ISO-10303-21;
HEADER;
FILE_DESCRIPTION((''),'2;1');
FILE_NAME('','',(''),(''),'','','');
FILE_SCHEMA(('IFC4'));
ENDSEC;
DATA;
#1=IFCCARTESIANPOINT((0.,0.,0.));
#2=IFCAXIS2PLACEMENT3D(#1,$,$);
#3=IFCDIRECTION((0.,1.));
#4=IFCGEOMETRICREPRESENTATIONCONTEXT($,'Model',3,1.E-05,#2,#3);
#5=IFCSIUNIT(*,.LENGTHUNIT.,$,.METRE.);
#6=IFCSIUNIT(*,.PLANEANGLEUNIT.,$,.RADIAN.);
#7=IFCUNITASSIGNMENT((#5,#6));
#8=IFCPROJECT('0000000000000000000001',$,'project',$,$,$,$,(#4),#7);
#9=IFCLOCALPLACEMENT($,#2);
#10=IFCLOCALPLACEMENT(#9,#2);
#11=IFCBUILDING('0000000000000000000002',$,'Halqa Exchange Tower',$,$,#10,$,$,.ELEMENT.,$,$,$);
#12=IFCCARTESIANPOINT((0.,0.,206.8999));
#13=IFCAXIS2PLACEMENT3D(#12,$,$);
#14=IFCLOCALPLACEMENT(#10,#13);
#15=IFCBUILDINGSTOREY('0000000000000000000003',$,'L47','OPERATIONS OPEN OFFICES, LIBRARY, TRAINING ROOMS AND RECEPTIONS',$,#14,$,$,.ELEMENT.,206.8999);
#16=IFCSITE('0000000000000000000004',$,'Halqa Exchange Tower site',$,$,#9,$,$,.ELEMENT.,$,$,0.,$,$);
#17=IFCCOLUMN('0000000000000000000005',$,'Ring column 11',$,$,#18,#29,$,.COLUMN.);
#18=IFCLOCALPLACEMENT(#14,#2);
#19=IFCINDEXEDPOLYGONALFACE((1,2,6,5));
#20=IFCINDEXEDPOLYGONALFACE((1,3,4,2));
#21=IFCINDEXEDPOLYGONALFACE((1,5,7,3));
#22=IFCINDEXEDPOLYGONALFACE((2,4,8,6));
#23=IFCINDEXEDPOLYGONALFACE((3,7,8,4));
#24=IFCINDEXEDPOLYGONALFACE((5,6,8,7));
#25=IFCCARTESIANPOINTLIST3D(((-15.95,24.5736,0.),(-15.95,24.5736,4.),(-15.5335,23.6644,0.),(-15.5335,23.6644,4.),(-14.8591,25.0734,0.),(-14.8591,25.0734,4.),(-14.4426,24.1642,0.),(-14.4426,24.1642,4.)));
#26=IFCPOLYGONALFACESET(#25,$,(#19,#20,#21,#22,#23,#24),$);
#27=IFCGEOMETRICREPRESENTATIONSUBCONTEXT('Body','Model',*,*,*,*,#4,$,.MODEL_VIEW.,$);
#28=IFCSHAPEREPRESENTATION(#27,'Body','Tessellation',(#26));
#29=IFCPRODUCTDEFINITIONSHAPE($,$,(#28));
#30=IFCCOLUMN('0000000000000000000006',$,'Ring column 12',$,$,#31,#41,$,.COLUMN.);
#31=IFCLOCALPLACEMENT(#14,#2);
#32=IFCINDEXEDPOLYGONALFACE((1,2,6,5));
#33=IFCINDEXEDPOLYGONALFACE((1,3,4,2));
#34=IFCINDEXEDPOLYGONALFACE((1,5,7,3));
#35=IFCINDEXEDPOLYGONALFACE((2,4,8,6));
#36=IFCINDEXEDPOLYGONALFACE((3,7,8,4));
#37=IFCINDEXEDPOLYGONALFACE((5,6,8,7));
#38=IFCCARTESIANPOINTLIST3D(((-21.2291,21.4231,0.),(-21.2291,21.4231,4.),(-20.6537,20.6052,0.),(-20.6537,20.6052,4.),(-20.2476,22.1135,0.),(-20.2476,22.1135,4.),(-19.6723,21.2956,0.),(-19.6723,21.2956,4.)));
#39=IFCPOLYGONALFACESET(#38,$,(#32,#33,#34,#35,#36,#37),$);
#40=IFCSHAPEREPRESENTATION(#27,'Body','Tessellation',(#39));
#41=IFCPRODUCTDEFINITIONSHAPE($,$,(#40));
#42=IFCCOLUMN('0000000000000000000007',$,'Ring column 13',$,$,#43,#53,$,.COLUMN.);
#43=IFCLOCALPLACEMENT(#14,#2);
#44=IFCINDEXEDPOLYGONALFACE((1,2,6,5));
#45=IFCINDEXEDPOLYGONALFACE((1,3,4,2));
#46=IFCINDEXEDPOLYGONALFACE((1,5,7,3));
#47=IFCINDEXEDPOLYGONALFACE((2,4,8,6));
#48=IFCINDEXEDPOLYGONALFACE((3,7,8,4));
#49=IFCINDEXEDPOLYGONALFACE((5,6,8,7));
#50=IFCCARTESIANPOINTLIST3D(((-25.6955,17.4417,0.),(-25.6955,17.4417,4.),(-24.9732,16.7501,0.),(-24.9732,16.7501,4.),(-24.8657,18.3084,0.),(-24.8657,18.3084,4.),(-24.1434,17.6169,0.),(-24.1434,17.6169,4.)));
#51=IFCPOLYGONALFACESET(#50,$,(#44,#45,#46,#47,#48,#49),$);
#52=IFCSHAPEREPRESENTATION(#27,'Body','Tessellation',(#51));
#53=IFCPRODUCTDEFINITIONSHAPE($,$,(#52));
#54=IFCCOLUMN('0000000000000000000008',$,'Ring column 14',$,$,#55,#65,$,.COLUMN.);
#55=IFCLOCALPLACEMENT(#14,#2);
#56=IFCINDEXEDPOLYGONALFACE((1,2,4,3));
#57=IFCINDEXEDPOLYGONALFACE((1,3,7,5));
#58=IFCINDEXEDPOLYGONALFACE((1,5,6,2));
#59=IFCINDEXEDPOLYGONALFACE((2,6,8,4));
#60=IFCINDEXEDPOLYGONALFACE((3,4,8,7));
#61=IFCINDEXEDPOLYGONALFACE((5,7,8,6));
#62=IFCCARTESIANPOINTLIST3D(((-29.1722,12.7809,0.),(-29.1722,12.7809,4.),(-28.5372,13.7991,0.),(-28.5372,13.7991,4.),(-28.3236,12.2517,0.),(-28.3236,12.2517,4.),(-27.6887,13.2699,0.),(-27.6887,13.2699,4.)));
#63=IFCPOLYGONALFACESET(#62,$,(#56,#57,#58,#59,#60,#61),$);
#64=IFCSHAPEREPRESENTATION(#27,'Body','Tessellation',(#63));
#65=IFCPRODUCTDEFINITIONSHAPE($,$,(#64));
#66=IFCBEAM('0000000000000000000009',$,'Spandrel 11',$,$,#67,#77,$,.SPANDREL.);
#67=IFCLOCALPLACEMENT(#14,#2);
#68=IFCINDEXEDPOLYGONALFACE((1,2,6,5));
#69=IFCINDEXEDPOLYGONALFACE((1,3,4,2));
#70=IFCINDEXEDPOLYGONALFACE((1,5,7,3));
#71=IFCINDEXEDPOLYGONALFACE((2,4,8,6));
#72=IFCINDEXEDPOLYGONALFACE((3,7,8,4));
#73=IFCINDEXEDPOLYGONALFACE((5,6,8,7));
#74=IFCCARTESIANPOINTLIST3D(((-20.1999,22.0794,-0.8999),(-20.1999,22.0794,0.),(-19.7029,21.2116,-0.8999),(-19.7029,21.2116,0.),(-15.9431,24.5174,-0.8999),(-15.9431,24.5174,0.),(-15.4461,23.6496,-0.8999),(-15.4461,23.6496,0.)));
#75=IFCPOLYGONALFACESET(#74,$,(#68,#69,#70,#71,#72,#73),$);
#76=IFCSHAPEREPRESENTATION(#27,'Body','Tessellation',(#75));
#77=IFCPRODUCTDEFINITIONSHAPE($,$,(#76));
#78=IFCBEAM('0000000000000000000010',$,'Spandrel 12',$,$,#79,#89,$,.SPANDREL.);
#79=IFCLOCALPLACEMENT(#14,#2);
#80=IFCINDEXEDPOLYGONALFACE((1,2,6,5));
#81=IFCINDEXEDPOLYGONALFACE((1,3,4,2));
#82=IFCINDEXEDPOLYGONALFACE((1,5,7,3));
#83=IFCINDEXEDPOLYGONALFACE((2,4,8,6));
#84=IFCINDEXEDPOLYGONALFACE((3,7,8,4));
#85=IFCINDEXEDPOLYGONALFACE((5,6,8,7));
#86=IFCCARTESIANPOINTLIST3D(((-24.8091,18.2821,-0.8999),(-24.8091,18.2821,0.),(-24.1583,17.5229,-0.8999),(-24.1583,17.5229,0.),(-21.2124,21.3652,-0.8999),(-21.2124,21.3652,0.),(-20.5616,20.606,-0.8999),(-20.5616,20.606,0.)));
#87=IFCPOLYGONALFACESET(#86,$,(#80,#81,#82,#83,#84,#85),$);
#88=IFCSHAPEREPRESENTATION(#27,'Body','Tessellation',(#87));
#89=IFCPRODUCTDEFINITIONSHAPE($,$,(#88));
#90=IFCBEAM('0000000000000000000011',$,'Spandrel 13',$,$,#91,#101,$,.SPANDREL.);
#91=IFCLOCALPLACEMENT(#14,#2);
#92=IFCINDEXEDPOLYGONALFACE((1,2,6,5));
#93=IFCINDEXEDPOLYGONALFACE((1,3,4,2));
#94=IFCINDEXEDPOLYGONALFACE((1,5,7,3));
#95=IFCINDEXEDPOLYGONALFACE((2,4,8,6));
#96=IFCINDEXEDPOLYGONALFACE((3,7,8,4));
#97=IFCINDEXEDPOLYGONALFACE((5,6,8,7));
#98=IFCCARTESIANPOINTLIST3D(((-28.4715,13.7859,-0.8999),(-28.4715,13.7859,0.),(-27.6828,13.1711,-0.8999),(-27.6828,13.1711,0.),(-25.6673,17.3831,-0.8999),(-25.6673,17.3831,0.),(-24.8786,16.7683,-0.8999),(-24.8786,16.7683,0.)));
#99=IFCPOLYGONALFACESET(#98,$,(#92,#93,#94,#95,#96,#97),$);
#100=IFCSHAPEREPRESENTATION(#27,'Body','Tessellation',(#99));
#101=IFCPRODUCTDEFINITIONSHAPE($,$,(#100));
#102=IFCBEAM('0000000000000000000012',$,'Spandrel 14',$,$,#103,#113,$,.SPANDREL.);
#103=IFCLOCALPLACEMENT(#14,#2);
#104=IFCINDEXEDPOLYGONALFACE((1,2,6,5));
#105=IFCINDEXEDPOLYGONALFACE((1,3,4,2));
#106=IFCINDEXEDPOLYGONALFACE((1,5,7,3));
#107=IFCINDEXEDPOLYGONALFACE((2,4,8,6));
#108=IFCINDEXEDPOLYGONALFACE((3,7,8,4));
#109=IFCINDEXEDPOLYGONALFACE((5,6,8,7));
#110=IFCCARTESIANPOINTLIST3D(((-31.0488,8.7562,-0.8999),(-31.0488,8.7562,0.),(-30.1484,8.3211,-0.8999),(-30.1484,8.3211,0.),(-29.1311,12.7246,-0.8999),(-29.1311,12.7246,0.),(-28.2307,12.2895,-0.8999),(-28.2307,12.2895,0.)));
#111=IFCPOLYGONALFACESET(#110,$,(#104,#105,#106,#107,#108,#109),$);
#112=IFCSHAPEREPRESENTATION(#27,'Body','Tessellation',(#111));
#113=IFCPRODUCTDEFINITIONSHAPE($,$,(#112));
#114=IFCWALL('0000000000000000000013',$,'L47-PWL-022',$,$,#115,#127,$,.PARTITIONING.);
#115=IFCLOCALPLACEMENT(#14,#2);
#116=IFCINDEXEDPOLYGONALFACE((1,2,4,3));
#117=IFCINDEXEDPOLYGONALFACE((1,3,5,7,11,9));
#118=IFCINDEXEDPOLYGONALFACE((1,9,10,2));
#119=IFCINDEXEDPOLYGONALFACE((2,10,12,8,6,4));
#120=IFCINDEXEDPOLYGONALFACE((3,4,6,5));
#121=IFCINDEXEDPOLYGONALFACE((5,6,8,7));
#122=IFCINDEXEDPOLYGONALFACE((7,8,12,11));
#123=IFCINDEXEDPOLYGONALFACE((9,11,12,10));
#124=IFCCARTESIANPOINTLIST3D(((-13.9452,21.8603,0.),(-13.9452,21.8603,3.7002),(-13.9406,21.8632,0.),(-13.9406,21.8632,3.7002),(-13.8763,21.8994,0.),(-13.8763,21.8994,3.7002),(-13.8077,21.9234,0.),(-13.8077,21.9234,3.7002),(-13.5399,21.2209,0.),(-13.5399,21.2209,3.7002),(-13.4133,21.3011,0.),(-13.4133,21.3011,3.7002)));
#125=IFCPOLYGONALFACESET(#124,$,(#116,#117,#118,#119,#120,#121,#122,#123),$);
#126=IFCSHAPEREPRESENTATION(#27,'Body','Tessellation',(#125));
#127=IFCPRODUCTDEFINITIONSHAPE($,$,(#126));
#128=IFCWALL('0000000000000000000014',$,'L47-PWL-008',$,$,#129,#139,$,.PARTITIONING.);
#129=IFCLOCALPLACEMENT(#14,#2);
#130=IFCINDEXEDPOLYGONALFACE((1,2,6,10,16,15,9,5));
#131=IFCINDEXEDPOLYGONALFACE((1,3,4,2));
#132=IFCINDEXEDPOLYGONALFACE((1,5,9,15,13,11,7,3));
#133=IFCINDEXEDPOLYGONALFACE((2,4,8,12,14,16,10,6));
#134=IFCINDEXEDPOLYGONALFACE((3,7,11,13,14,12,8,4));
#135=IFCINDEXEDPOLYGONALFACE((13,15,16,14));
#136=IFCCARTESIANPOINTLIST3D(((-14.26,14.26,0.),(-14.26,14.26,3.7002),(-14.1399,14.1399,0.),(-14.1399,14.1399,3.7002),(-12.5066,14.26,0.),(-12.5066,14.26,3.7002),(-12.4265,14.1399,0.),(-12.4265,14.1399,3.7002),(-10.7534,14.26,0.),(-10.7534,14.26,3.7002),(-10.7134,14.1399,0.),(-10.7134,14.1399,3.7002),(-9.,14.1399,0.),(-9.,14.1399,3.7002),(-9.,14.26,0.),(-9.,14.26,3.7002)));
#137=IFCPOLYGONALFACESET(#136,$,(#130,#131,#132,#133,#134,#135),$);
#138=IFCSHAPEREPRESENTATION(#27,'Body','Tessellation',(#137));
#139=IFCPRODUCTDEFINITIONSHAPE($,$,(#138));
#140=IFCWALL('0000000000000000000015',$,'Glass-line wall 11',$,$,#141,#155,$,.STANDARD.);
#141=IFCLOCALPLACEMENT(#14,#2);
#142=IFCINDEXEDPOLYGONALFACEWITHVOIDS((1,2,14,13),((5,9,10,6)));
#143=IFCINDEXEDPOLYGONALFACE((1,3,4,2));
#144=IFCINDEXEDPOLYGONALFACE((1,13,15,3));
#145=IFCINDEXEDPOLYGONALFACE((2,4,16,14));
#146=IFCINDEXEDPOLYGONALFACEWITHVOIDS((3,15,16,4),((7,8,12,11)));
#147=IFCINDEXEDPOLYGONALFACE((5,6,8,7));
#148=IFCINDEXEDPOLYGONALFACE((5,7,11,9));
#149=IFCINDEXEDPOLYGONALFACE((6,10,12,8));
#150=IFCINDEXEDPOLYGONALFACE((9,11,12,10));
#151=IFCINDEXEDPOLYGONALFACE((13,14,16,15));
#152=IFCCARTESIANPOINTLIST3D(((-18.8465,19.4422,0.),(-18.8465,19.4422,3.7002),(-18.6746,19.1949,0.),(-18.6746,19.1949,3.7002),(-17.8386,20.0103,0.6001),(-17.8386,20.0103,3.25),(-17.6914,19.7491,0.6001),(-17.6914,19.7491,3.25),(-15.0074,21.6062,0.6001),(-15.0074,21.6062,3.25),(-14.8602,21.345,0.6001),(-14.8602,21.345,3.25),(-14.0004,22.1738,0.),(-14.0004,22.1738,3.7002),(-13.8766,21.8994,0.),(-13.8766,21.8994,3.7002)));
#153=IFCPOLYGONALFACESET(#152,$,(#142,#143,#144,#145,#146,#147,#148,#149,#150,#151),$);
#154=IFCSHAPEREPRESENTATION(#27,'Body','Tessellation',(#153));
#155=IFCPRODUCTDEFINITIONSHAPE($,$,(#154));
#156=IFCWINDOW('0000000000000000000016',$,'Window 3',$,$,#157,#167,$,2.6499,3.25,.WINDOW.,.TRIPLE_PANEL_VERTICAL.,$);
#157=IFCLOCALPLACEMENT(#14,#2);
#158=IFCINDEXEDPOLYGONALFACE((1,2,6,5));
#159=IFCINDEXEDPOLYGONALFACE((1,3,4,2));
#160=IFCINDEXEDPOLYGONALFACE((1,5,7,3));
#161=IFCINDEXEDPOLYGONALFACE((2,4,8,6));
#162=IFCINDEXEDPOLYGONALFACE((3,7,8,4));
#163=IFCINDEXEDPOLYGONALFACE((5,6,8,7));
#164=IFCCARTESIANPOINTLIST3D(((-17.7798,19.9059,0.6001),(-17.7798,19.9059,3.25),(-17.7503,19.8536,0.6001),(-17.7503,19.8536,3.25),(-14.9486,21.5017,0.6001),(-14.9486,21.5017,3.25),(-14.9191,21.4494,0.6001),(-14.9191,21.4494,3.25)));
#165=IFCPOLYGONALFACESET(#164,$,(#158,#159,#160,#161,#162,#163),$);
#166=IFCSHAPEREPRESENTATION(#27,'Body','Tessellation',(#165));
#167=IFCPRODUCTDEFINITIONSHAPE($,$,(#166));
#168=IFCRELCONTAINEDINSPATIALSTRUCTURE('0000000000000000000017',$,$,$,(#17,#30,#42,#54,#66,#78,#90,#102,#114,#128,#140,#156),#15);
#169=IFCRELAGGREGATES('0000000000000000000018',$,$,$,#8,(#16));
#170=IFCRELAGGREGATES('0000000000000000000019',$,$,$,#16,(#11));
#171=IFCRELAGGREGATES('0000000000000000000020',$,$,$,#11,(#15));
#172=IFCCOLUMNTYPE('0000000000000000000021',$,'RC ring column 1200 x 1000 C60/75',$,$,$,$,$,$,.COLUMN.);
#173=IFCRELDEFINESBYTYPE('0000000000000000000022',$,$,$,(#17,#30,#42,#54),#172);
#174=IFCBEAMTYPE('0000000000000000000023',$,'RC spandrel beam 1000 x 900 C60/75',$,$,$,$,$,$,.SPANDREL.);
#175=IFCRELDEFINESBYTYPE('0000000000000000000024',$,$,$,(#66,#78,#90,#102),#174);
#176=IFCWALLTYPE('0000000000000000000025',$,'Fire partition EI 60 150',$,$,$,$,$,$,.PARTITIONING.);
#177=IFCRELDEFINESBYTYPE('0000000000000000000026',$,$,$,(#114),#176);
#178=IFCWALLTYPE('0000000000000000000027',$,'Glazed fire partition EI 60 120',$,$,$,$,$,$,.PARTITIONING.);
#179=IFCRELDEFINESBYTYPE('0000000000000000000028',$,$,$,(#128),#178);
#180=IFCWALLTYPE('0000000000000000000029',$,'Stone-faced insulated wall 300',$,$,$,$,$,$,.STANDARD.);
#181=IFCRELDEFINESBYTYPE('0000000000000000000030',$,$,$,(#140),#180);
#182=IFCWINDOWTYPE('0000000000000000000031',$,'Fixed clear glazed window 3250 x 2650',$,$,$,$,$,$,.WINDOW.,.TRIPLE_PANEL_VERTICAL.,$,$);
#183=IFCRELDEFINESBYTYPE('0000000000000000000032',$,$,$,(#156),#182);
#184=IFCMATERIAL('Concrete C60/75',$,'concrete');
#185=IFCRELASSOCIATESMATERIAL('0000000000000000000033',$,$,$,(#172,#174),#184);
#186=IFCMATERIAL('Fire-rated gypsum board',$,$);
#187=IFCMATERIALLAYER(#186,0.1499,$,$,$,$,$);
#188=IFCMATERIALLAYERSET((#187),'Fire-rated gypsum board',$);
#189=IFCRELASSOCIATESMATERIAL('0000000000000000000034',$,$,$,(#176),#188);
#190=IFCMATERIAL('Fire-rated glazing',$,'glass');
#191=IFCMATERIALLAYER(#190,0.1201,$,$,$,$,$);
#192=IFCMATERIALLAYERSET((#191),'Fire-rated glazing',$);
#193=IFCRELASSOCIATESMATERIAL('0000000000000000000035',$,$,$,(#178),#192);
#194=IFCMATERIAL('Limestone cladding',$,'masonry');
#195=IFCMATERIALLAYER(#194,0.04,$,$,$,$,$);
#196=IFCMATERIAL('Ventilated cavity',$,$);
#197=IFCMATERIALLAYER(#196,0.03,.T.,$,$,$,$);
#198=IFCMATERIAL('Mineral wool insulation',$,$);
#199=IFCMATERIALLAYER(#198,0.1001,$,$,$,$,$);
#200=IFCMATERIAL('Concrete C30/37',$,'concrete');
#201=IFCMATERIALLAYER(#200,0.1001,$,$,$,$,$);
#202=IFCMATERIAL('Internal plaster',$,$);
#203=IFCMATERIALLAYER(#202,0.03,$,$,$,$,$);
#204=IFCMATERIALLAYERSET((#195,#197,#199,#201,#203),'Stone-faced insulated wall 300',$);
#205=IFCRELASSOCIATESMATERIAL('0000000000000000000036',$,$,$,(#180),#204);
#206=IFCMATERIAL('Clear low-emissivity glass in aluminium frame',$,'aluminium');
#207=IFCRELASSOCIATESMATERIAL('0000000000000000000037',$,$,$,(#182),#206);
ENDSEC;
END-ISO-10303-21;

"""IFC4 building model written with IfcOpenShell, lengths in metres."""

from ifc_helpers import new_model, si_unit, direction, frame, frame_2d, origin, origin_2d, place, context, subcontext, project, spatial, polyline, rectangle, outline, extrude, material, layer, layer_set, material_profile, profile_set, type_object, element, fill, save


model = new_model("IFC4")

# Units and contexts
model_context = context("Model", 3, precision=1e-05, world=origin(), true_north=direction((0.0, 1.0)))
body_context = subcontext(model_context, "Body", "Model", "MODEL_VIEW")
ifc_project = project(units=[si_unit("LENGTHUNIT", "METRE"), si_unit("PLANEANGLEUNIT", "RADIAN")], contexts=[model_context])

# Site, building, storey
site_placement = place(None, origin())
site = spatial("IfcSite", under=ifc_project, at=site_placement, Name="Halqa Exchange Tower site", CompositionType="ELEMENT", RefElevation=0.0)
building_placement = place(site_placement, origin())
building = spatial("IfcBuilding", under=site, at=building_placement, Name="Halqa Exchange Tower", CompositionType="ELEMENT")
storey_placement = place(building_placement, frame((0.0, 0.0, 206.8999)))
storey = spatial("IfcBuildingStorey", under=building, at=storey_placement, Name="L47", Description="OPERATIONS OPEN OFFICES, LIBRARY, TRAINING ROOMS AND RECEPTIONS", CompositionType="ELEMENT", Elevation=206.8999)

# Columns
ifc_material_1 = material(Name="Concrete C60/75", Category="concrete")
ifc_material_profile_1 = material_profile(ifc_material_1, rectangle(XDim=1.2, YDim=1.0, at=origin_2d()), Name="1200 x 1000")
ifc_profile_set_1 = profile_set([ifc_material_profile_1], Name="Concrete C60/75")
column_type = type_object("IfcColumnType", Name="RC ring column 1200 x 1000 C60/75", PredefinedType="COLUMN", material=ifc_profile_set_1)
for number, where, z_axis, x_axis, name in (
    (1, (-15.1963, 24.3689, 0.0), (0.0, 0.0, 1.0), (-0.909126, -0.41652, 0.0), "Ring column 11"),
    (2, (-20.4507, 21.3594, 0.0), (0.0, 0.0, 1.0), (-0.817909, -0.575348, 0.0), "Ring column 12"),
    (3, (-24.9194, 17.5293, 0.0), (0.0, 0.0, 1.0), (-0.691577, -0.722302, 0.0), "Ring column 13"),
    (4, (-28.4304, 13.0254, 0.0), (0.0, 0.0, 1.0), (-0.529143, -0.848532, 0.0), "Ring column 14"),
):
    element("IfcColumn", number, at=place(storey_placement, frame(where, z_axis=z_axis, x_axis=x_axis)), inside=storey, type_object=column_type, Name=name, PredefinedType="COLUMN", context=body_context, shape_type="SweptSolid", body=[
        extrude(rectangle(XDim=1.2, YDim=1.0, at=origin_2d()), origin(), (0.0, 0.0, 1.0), 4.0),
    ])

# Beams
ifc_material_profile_2 = material_profile(ifc_material_1, rectangle(XDim=1.0, YDim=0.8999, at=origin_2d()), Name="1000 x 900")
ifc_profile_set_2 = profile_set([ifc_material_profile_2], Name="Concrete C60/75")
beam_type = type_object("IfcBeamType", Name="RC spandrel beam 1000 x 900 C60/75", PredefinedType="SPANDREL", material=ifc_profile_set_2)
beam_1_placement = place(storey_placement, frame((-15.6946, 24.0835, -0.45), z_axis=(-0.867759, -0.496986, 0.0), x_axis=(0.496986, -0.867759, 0.0)))
element("IfcBeam", 5, at=beam_1_placement, inside=storey, type_object=beam_type, Name="Spandrel 11", PredefinedType="SPANDREL", context=body_context, shape_type="SweptSolid", body=[
    extrude(rectangle(XDim=1.0, YDim=0.8999, at=origin_2d()), origin(), (0.0, 0.0, 1.0), 4.9055),
])
beam_2_placement = place(storey_placement, frame((-20.887, 20.9856, -0.45), z_axis=(-0.759242, -0.650808, 0.0), x_axis=(0.650808, -0.759242, 0.0)))
element("IfcBeam", 6, at=beam_2_placement, inside=storey, type_object=beam_type, Name="Spandrel 12", PredefinedType="SPANDREL", context=body_context, shape_type="SweptSolid", body=[
    extrude(rectangle(XDim=1.0, YDim=0.8999, at=origin_2d()), origin(), (0.0, 0.0, 1.0), 4.7373),
])
beam_3_placement = place(storey_placement, frame((-25.2729, 17.0757, -0.45), z_axis=(-0.614815, -0.788672, 0.0), x_axis=(0.788672, -0.614815, 0.0)))
element("IfcBeam", 7, at=beam_3_placement, inside=storey, type_object=beam_type, Name="Spandrel 13", PredefinedType="SPANDREL", context=body_context, shape_type="SweptSolid", body=[
    extrude(rectangle(XDim=1.0, YDim=0.8999, at=origin_2d()), origin(), (0.0, 0.0, 1.0), 4.561),
])
beam_4_placement = place(storey_placement, frame((-28.6809, 12.5071, -0.45), z_axis=(-0.435098, -0.900383, 0.0), x_axis=(0.900383, -0.435098, 0.0)))
element("IfcBeam", 8, at=beam_4_placement, inside=storey, type_object=beam_type, Name="Spandrel 14", PredefinedType="SPANDREL", context=body_context, shape_type="SweptSolid", body=[
    extrude(rectangle(XDim=1.0, YDim=0.8999, at=origin_2d()), origin(), (0.0, 0.0, 1.0), 4.4075),
])

# Walls
ifc_material_2 = material(Name="Fire-rated gypsum board")
ifc_layer_1 = layer(ifc_material_2, 0.1499)
ifc_layer_set_1 = layer_set([ifc_layer_1], Name="Fire-rated gypsum board")
wall_type_1 = type_object("IfcWallType", Name="Fire partition EI 60 150", PredefinedType="PARTITIONING", material=ifc_layer_set_1)
wall_1_placement = place(storey_placement, frame((-13.4766, 21.261, 0.0), z_axis=(0.0, 0.0, 1.0), x_axis=(-0.535351, 0.84463, 0.0)))
element("IfcWall", 9, at=wall_1_placement, inside=storey, type_object=wall_type_1, Name="L47-PWL-022", PredefinedType="PARTITIONING", context=body_context, shape_type="SweptSolid", body=[
    extrude(outline(polyline([(0.0, -0.075), (0.7368, -0.075), (0.7532, -0.0042), (0.7571, 0.0696), (0.7571, 0.075), (0.0, 0.075), (0.0, -0.075)])), origin(), (0.0, 0.0, 1.0), 3.7002),
])
ifc_material_3 = material(Name="Fire-rated glazing", Category="glass")
ifc_layer_2 = layer(ifc_material_3, 0.1201)
ifc_layer_set_2 = layer_set([ifc_layer_2], Name="Fire-rated glazing")
wall_type_2 = type_object("IfcWallType", Name="Glazed fire partition EI 60 120", PredefinedType="PARTITIONING", material=ifc_layer_set_2)
wall_2_placement = place(storey_placement, frame((-14.26, 14.2, 0.0), z_axis=(0.0, 0.0, 1.0), x_axis=(1.0, 0.0, 0.0)))
element("IfcWall", 10, at=wall_2_placement, inside=storey, type_object=wall_type_2, Name="L47-PWL-008", PredefinedType="PARTITIONING", context=body_context, shape_type="SweptSolid", body=[
    extrude(outline(polyline([(5.26, 0.0601), (3.5066, 0.0601), (1.7534, 0.0601), (0.0, 0.0601), (0.1201, -0.0601), (1.8335, -0.0601), (3.5466, -0.0601), (5.26, -0.0601), (5.26, 0.0601)])), origin(), (0.0, 0.0, 1.0), 3.7002),
])

# Wall, opening, window
ifc_material_4 = material(Name="Limestone cladding", Category="masonry")
ifc_layer_3 = layer(ifc_material_4, 0.04)
ifc_material_5 = material(Name="Ventilated cavity")
ifc_layer_4 = layer(ifc_material_5, 0.03, ventilated=True)
ifc_material_6 = material(Name="Mineral wool insulation")
ifc_layer_5 = layer(ifc_material_6, 0.1001)
ifc_material_7 = material(Name="Concrete C30/37", Category="concrete")
ifc_layer_6 = layer(ifc_material_7, 0.1001)
ifc_material_8 = material(Name="Internal plaster")
ifc_layer_7 = layer(ifc_material_8, 0.03)
ifc_layer_set_3 = layer_set([ifc_layer_3, ifc_layer_4, ifc_layer_5, ifc_layer_6, ifc_layer_7], Name="Stone-faced insulated wall 300")
wall_type_3 = type_object("IfcWallType", Name="Stone-faced insulated wall 300", PredefinedType="STANDARD", material=ifc_layer_set_3)
wall_3_placement = place(storey_placement, frame((-13.9385, 22.0366, 0.0), z_axis=(0.0, 0.0, 1.0), x_axis=(-0.871141, -0.491034, 0.0)))
wall_3 = element("IfcWall", 11, at=wall_3_placement, inside=storey, type_object=wall_type_3, Name="Glass-line wall 11", PredefinedType="STANDARD", context=body_context, shape_type="SweptSolid", body=[
    extrude(outline(polyline([(-0.0134, -0.1499), (5.5496, -0.1499), (5.5212, 0.1499), (0.0134, 0.1499), (-0.0134, -0.1499)])), origin(), (0.0, 0.0, 1.0), 3.7002),
])
opening_1_placement = place(wall_3_placement, frame((1.1426, 0.0, 0.6001)))
opening_1 = element("IfcOpeningElement", 12, at=opening_1_placement, cuts=wall_3, PredefinedType="OPENING", context=body_context, shape_type="SweptSolid", body=[
    extrude(rectangle(XDim=3.25, YDim=2.6499, at=frame_2d((1.625, 1.325))), frame((0.0, 0.1621, 0.0), z_axis=(0.0, -1.0, 0.0), x_axis=(1.0, 0.0, 0.0)), (0.0, 0.0, 1.0), 0.324),
])
ifc_material_9 = material(Name="Clear low-emissivity glass in aluminium frame", Category="aluminium")
window_type = type_object("IfcWindowType", Name="Fixed clear glazed window 3250 x 2650", PartitioningType="TRIPLE_PANEL_VERTICAL", PredefinedType="WINDOW", material=ifc_material_9)
window_1_placement = place(opening_1_placement, origin())
window_1 = element("IfcWindow", 13, at=window_1_placement, inside=storey, type_object=window_type, Name="Window 3", OverallHeight=2.6499, OverallWidth=3.25, PartitioningType="TRIPLE_PANEL_VERTICAL", PredefinedType="WINDOW", context=body_context, shape_type="SweptSolid", body=[
    extrude(rectangle(XDim=3.25, YDim=2.6499, at=frame_2d((1.625, 1.325))), frame((0.0, 0.03, 0.0), z_axis=(0.0, -1.0, 0.0), x_axis=(1.0, 0.0, 0.0)), (0.0, 0.0, 1.0), 0.0601),
])
fill(opening_1, window_1)

save(model, "model.ifc")
